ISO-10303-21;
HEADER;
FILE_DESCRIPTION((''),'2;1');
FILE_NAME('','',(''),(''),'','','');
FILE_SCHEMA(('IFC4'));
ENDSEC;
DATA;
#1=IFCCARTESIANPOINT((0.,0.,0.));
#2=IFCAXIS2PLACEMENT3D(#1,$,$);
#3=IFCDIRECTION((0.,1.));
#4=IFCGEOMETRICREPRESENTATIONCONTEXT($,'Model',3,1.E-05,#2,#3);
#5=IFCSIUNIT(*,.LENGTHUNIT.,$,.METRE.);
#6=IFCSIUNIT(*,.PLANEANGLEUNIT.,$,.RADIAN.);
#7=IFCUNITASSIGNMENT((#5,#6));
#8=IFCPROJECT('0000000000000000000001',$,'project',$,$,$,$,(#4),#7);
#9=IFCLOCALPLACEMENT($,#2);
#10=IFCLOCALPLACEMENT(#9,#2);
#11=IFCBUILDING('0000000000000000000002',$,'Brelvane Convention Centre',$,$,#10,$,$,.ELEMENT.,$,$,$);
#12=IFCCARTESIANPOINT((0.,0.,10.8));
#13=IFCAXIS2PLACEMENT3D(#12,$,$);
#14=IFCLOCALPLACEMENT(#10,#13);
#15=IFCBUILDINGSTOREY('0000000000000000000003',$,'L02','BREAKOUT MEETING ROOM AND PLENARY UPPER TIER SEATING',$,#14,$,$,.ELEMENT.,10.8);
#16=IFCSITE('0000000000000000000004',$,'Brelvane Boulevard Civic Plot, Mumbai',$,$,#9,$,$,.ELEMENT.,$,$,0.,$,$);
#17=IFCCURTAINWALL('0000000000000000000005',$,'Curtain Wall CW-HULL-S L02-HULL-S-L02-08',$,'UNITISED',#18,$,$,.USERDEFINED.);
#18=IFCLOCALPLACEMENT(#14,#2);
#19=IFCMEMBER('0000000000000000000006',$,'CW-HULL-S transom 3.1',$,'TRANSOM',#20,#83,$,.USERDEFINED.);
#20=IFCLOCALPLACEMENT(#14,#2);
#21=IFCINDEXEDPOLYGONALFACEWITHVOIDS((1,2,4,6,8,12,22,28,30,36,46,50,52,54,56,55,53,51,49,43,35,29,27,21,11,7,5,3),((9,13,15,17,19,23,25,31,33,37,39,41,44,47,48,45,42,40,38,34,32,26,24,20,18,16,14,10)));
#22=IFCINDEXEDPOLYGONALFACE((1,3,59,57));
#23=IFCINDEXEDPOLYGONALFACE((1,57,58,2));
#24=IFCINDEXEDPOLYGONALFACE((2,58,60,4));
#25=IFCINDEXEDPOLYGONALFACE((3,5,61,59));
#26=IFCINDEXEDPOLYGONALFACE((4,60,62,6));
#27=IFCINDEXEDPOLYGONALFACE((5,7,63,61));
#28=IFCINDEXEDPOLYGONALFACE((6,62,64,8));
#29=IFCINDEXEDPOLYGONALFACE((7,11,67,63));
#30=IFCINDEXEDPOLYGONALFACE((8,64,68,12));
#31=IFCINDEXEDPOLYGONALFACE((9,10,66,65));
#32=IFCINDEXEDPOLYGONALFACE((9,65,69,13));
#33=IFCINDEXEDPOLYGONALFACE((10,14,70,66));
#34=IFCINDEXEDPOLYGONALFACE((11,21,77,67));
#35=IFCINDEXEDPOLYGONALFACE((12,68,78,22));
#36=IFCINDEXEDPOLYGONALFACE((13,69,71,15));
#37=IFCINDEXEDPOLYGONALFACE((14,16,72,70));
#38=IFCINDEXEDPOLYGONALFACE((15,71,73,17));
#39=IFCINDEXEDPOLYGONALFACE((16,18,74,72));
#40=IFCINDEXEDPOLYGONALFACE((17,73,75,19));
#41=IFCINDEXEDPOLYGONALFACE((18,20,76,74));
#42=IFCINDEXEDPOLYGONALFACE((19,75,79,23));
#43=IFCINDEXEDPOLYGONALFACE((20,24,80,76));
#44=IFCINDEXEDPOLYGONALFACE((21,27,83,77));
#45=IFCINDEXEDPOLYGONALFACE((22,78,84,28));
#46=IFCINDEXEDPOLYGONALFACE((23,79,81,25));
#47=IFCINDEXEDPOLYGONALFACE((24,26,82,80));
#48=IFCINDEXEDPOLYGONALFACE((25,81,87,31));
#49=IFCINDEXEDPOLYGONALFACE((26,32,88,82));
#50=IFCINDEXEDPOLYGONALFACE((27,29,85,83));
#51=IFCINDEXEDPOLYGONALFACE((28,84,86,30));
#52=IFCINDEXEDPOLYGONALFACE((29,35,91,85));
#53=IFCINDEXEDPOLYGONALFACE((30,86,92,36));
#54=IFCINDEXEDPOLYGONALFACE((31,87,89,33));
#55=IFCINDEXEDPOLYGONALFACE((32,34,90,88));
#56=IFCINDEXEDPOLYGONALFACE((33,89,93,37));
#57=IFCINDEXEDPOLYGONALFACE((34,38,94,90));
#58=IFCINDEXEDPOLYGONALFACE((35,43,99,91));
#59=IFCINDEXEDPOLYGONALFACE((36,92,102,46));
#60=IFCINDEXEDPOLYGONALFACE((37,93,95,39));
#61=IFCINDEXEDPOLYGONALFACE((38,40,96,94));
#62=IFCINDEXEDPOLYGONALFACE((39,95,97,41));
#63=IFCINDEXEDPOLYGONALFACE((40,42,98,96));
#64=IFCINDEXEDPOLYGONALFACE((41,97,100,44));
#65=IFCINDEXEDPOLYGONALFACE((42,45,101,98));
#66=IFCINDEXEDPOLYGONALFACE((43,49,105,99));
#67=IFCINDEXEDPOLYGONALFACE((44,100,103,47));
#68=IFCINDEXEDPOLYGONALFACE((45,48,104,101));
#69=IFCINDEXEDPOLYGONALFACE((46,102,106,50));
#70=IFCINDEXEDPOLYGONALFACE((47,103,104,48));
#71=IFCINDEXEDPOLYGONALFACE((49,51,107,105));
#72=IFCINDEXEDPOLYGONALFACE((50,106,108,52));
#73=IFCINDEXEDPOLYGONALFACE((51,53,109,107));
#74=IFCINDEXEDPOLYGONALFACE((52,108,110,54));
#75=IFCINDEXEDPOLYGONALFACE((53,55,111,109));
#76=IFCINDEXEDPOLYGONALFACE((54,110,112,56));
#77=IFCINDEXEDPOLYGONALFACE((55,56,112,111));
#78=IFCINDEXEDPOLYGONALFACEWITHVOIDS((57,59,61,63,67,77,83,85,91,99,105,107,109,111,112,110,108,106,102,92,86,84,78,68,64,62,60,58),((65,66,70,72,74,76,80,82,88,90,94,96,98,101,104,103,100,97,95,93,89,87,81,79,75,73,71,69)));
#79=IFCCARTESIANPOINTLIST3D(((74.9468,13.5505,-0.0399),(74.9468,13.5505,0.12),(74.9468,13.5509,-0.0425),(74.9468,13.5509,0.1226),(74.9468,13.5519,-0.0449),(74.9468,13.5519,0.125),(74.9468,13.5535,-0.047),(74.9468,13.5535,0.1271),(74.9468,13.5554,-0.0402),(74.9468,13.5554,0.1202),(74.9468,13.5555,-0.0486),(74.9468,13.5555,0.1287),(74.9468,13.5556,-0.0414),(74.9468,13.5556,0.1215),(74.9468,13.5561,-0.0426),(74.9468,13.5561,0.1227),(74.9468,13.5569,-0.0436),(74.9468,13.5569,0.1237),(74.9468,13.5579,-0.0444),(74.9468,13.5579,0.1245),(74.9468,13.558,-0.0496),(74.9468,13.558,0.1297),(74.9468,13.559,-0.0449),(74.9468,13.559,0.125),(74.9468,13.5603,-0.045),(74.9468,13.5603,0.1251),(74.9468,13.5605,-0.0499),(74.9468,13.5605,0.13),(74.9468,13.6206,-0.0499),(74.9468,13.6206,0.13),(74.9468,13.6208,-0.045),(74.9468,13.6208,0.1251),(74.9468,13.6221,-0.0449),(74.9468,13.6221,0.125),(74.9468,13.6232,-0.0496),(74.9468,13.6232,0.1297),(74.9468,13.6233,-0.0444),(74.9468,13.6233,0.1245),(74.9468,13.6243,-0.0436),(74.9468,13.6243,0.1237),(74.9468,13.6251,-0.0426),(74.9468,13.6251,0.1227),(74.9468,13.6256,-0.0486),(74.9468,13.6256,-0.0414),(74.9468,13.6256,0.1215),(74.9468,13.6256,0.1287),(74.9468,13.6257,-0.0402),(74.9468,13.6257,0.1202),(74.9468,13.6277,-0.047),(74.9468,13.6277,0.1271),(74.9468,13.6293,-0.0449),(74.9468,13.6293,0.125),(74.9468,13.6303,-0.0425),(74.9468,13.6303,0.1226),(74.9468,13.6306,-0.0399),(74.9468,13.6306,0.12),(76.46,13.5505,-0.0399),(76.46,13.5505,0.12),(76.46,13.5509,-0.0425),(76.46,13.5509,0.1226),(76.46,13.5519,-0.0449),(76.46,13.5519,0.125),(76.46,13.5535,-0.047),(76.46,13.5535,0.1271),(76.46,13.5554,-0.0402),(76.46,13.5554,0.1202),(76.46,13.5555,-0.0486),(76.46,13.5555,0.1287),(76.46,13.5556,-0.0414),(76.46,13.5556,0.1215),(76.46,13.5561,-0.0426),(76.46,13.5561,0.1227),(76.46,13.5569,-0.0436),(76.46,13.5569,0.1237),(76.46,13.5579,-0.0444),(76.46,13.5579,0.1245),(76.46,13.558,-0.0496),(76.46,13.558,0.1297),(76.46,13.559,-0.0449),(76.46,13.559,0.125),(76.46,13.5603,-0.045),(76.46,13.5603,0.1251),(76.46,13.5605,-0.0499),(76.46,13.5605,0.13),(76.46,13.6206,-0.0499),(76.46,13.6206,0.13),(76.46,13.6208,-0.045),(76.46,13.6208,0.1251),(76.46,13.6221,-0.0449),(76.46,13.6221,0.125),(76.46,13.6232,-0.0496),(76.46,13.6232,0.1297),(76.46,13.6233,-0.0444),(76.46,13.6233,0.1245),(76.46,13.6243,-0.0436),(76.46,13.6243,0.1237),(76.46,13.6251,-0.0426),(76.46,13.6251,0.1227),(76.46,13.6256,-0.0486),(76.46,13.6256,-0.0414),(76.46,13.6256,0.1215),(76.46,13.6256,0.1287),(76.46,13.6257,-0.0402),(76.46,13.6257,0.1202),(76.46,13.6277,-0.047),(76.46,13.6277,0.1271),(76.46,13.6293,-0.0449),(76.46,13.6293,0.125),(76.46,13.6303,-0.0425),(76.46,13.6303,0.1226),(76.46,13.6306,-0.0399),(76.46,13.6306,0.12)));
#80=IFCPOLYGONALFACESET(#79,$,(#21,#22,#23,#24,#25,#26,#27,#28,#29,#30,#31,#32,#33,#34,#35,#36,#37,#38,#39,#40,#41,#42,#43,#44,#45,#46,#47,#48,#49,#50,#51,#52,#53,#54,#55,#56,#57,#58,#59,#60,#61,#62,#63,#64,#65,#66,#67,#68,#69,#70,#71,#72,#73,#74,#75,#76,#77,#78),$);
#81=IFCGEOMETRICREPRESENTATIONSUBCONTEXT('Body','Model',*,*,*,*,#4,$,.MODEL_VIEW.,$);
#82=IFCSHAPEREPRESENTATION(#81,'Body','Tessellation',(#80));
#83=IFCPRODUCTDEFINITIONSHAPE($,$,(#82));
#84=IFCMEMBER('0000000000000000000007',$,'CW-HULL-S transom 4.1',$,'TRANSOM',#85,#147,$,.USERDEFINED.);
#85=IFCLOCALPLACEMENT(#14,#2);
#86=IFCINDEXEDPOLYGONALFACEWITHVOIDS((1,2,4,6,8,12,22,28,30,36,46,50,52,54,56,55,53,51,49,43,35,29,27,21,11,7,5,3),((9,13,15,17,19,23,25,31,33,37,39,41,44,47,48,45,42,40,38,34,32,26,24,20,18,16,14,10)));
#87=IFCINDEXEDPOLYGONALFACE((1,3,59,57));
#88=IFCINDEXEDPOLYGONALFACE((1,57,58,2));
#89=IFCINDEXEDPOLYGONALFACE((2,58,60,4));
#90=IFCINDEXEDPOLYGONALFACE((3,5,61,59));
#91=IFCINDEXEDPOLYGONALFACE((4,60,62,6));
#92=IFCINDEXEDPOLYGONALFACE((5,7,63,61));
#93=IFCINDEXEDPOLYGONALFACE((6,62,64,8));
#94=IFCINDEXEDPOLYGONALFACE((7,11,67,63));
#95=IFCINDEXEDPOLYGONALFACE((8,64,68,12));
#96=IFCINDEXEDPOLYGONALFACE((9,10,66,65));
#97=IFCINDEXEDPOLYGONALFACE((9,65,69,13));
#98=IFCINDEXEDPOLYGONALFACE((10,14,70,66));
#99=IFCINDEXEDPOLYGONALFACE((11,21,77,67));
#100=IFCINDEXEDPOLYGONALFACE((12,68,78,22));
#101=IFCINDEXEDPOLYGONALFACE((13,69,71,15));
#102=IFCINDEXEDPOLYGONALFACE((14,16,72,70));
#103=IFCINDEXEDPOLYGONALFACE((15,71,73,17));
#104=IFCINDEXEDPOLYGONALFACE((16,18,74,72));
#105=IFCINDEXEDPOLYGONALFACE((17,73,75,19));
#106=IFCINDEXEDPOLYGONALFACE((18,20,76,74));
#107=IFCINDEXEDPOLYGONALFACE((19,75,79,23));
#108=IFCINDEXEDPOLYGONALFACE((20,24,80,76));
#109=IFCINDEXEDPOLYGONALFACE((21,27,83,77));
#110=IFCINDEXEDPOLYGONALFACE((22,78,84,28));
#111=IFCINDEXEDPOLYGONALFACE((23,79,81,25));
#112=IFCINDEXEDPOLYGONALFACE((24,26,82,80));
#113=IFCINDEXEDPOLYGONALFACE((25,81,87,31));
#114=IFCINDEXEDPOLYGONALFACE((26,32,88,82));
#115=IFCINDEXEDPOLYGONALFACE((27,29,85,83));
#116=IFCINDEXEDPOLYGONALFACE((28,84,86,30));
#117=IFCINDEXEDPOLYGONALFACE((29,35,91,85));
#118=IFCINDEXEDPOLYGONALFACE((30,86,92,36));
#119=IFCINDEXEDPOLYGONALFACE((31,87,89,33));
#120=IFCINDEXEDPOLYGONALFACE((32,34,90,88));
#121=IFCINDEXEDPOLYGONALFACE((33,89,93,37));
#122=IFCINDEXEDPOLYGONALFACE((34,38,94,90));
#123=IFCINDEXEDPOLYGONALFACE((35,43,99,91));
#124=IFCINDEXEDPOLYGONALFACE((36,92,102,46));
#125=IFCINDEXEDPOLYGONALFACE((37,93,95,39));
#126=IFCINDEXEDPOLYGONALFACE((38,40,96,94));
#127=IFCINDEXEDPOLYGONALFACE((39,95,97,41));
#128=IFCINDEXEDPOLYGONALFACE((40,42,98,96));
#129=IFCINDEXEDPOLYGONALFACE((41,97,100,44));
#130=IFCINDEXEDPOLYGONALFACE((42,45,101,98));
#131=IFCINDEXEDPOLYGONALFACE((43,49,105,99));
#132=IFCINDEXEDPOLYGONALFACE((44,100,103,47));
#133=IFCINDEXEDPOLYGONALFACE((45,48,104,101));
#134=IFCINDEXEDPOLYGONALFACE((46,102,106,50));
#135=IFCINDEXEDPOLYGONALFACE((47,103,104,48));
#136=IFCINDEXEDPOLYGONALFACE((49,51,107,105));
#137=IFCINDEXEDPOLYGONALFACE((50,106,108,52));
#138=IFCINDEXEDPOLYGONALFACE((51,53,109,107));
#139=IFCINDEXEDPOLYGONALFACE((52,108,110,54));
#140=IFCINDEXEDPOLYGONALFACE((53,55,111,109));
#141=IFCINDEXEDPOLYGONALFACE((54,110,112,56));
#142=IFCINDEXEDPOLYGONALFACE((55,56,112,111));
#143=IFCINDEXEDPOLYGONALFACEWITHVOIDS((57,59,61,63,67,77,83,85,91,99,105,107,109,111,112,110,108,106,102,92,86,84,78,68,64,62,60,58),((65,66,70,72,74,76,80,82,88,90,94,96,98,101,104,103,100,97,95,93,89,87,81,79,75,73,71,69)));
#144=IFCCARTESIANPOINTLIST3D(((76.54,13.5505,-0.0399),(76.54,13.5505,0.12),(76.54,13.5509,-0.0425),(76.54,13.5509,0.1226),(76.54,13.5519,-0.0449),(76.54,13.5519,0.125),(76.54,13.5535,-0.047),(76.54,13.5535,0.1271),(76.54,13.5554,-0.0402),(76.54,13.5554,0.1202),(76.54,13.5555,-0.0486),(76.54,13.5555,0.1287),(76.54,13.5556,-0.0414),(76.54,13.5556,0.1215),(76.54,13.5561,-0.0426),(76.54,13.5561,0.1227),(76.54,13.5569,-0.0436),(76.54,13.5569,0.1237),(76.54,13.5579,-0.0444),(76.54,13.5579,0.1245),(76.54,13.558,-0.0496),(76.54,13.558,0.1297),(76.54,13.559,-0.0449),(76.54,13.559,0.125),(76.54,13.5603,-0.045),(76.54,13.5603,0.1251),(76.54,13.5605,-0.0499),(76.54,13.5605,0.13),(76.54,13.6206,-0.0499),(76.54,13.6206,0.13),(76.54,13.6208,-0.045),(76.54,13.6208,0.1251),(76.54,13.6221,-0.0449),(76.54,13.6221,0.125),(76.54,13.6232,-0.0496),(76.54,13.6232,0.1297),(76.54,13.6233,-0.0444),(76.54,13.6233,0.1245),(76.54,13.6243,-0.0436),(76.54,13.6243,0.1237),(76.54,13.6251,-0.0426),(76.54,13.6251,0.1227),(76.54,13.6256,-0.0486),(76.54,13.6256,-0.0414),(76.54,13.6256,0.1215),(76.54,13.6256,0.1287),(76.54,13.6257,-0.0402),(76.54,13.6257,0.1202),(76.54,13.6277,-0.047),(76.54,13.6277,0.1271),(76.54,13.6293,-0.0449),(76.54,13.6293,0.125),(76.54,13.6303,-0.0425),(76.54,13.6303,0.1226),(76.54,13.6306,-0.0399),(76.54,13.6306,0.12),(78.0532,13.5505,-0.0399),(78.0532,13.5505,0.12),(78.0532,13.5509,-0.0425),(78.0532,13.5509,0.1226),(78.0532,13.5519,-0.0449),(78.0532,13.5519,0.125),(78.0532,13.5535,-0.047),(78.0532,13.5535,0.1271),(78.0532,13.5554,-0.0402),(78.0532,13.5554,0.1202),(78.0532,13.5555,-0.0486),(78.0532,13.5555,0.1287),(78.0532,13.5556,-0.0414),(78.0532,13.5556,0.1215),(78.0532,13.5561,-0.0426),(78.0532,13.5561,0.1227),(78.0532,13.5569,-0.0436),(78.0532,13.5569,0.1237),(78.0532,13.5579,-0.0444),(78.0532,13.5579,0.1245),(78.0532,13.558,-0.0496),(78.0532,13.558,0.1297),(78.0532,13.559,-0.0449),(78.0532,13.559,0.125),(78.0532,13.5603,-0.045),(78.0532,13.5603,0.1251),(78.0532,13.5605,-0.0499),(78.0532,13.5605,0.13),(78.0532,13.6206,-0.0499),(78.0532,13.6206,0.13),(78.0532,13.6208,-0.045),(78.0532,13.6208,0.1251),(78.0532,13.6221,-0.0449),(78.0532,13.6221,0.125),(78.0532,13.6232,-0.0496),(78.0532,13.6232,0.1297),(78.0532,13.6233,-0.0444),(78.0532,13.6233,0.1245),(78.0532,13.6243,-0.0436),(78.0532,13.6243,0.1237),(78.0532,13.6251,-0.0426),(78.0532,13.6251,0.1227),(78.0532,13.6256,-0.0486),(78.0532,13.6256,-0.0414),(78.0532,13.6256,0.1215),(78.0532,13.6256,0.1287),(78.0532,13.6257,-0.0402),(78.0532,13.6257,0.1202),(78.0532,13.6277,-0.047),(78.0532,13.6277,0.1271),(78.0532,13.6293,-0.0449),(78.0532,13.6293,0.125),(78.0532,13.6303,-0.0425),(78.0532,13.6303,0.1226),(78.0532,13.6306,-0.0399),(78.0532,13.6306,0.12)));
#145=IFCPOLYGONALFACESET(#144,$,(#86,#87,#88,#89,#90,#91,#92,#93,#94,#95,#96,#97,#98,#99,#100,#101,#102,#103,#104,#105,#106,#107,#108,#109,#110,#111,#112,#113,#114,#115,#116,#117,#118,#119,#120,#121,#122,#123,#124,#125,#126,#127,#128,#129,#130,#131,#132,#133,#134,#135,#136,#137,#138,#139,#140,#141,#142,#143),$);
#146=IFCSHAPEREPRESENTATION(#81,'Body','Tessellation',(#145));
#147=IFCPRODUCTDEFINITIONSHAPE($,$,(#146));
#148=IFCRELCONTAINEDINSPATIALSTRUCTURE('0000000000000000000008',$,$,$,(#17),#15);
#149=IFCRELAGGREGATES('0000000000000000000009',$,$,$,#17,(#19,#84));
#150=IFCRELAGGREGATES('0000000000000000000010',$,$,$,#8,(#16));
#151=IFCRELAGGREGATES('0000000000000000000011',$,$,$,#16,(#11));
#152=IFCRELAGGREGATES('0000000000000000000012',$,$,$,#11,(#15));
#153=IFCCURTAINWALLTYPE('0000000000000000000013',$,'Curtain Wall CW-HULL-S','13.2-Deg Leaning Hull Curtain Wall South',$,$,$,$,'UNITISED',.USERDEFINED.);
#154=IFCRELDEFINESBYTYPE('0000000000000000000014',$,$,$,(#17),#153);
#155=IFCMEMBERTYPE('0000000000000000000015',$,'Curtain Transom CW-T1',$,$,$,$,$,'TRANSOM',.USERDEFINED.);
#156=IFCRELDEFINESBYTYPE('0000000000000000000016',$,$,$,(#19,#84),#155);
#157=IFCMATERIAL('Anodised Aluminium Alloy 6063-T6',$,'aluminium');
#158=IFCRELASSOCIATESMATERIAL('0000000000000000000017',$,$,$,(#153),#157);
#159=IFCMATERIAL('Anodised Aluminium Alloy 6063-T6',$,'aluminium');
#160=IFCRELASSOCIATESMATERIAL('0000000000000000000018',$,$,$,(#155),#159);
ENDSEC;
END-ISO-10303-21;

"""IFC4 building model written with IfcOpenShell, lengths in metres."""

from ifc_helpers import new_model, si_unit, direction, frame, origin, origin_2d, place, context, subcontext, project, spatial, hollow_rectangle, extrude, material, material_profile, profile_set, type_object, element, aggregate, save


model = new_model("IFC4")

# Units and contexts
model_context = context("Model", 3, precision=1e-05, world=origin(), true_north=direction((0.0, 1.0)))
body_context = subcontext(model_context, "Body", "Model", "MODEL_VIEW")
ifc_project = project(units=[si_unit("LENGTHUNIT", "METRE"), si_unit("PLANEANGLEUNIT", "RADIAN")], contexts=[model_context])

# Site, building, storey
site_placement = place(None, origin())
site = spatial("IfcSite", under=ifc_project, at=site_placement, Name="Brelvane Boulevard Civic Plot, Mumbai", CompositionType="ELEMENT", RefElevation=0.0)
building_placement = place(site_placement, origin())
building = spatial("IfcBuilding", under=site, at=building_placement, Name="Brelvane Convention Centre", CompositionType="ELEMENT")
storey_placement = place(building_placement, frame((0.0, 0.0, 10.8)))
storey = spatial("IfcBuildingStorey", under=building, at=storey_placement, Name="L02", Description="BREAKOUT MEETING ROOM AND PLENARY UPPER TIER SEATING", CompositionType="ELEMENT", Elevation=10.8)

# Curtain wall
ifc_material_1 = material(Name="Anodised Aluminium Alloy 6063-T6", Category="aluminium")
curtain_wall_type = type_object("IfcCurtainWallType", Name="Curtain Wall CW-HULL-S", Description="13.2-Deg Leaning Hull Curtain Wall South", ElementType="UNITISED", PredefinedType="USERDEFINED", material=ifc_material_1)
curtain_wall_1_placement = place(storey_placement, origin())
curtain_wall_1 = element("IfcCurtainWall", 1, at=curtain_wall_1_placement, inside=storey, type_object=curtain_wall_type, Name="Curtain Wall CW-HULL-S L02-HULL-S-L02-08", ObjectType="UNITISED", PredefinedType="USERDEFINED")

# Members
ifc_material_2 = material(Name="Anodised Aluminium Alloy 6063-T6", Category="aluminium")
ifc_material_profile_1 = material_profile(ifc_material_2, hollow_rectangle(XDim=0.0801, YDim=0.1799, WallThickness=0.0049, InnerFilletRadius=0.0049, OuterFilletRadius=0.01, at=origin_2d()), Name="ALU-T 180x80x5.0")
ifc_profile_set_1 = profile_set([ifc_material_profile_1], Name="Anodised Aluminium Alloy 6063-T6")
member_type_1 = type_object("IfcMemberType", Name="Curtain Transom CW-T1", ElementType="TRANSOM", PredefinedType="USERDEFINED", material=ifc_profile_set_1)
member_1_placement = place(storey_placement, frame((74.9468, 13.5906, 0.04), z_axis=(1.0, 0.0, 0.0), x_axis=(0.0, 1.0, 0.0)))
member_1 = element("IfcMember", 2, at=member_1_placement, type_object=member_type_1, Name="CW-HULL-S transom 3.1", ObjectType="TRANSOM", PredefinedType="USERDEFINED", context=body_context, shape_type="SweptSolid", body=[
    extrude(hollow_rectangle(XDim=0.0801, YDim=0.1799, WallThickness=0.0049, InnerFilletRadius=0.0049, OuterFilletRadius=0.01, at=origin_2d()), origin(), (0.0, 0.0, 1.0), 1.5132),
])
member_2_placement = place(storey_placement, frame((76.54, 13.5906, 0.04), z_axis=(1.0, 0.0, 0.0), x_axis=(0.0, 1.0, 0.0)))
member_2 = element("IfcMember", 3, at=member_2_placement, type_object=member_type_1, Name="CW-HULL-S transom 4.1", ObjectType="TRANSOM", PredefinedType="USERDEFINED", context=body_context, shape_type="SweptSolid", body=[
    extrude(hollow_rectangle(XDim=0.0801, YDim=0.1799, WallThickness=0.0049, InnerFilletRadius=0.0049, OuterFilletRadius=0.01, at=origin_2d()), origin(), (0.0, 0.0, 1.0), 1.5132),
])

aggregate(curtain_wall_1, [member_1, member_2])

save(model, "model.ifc")
